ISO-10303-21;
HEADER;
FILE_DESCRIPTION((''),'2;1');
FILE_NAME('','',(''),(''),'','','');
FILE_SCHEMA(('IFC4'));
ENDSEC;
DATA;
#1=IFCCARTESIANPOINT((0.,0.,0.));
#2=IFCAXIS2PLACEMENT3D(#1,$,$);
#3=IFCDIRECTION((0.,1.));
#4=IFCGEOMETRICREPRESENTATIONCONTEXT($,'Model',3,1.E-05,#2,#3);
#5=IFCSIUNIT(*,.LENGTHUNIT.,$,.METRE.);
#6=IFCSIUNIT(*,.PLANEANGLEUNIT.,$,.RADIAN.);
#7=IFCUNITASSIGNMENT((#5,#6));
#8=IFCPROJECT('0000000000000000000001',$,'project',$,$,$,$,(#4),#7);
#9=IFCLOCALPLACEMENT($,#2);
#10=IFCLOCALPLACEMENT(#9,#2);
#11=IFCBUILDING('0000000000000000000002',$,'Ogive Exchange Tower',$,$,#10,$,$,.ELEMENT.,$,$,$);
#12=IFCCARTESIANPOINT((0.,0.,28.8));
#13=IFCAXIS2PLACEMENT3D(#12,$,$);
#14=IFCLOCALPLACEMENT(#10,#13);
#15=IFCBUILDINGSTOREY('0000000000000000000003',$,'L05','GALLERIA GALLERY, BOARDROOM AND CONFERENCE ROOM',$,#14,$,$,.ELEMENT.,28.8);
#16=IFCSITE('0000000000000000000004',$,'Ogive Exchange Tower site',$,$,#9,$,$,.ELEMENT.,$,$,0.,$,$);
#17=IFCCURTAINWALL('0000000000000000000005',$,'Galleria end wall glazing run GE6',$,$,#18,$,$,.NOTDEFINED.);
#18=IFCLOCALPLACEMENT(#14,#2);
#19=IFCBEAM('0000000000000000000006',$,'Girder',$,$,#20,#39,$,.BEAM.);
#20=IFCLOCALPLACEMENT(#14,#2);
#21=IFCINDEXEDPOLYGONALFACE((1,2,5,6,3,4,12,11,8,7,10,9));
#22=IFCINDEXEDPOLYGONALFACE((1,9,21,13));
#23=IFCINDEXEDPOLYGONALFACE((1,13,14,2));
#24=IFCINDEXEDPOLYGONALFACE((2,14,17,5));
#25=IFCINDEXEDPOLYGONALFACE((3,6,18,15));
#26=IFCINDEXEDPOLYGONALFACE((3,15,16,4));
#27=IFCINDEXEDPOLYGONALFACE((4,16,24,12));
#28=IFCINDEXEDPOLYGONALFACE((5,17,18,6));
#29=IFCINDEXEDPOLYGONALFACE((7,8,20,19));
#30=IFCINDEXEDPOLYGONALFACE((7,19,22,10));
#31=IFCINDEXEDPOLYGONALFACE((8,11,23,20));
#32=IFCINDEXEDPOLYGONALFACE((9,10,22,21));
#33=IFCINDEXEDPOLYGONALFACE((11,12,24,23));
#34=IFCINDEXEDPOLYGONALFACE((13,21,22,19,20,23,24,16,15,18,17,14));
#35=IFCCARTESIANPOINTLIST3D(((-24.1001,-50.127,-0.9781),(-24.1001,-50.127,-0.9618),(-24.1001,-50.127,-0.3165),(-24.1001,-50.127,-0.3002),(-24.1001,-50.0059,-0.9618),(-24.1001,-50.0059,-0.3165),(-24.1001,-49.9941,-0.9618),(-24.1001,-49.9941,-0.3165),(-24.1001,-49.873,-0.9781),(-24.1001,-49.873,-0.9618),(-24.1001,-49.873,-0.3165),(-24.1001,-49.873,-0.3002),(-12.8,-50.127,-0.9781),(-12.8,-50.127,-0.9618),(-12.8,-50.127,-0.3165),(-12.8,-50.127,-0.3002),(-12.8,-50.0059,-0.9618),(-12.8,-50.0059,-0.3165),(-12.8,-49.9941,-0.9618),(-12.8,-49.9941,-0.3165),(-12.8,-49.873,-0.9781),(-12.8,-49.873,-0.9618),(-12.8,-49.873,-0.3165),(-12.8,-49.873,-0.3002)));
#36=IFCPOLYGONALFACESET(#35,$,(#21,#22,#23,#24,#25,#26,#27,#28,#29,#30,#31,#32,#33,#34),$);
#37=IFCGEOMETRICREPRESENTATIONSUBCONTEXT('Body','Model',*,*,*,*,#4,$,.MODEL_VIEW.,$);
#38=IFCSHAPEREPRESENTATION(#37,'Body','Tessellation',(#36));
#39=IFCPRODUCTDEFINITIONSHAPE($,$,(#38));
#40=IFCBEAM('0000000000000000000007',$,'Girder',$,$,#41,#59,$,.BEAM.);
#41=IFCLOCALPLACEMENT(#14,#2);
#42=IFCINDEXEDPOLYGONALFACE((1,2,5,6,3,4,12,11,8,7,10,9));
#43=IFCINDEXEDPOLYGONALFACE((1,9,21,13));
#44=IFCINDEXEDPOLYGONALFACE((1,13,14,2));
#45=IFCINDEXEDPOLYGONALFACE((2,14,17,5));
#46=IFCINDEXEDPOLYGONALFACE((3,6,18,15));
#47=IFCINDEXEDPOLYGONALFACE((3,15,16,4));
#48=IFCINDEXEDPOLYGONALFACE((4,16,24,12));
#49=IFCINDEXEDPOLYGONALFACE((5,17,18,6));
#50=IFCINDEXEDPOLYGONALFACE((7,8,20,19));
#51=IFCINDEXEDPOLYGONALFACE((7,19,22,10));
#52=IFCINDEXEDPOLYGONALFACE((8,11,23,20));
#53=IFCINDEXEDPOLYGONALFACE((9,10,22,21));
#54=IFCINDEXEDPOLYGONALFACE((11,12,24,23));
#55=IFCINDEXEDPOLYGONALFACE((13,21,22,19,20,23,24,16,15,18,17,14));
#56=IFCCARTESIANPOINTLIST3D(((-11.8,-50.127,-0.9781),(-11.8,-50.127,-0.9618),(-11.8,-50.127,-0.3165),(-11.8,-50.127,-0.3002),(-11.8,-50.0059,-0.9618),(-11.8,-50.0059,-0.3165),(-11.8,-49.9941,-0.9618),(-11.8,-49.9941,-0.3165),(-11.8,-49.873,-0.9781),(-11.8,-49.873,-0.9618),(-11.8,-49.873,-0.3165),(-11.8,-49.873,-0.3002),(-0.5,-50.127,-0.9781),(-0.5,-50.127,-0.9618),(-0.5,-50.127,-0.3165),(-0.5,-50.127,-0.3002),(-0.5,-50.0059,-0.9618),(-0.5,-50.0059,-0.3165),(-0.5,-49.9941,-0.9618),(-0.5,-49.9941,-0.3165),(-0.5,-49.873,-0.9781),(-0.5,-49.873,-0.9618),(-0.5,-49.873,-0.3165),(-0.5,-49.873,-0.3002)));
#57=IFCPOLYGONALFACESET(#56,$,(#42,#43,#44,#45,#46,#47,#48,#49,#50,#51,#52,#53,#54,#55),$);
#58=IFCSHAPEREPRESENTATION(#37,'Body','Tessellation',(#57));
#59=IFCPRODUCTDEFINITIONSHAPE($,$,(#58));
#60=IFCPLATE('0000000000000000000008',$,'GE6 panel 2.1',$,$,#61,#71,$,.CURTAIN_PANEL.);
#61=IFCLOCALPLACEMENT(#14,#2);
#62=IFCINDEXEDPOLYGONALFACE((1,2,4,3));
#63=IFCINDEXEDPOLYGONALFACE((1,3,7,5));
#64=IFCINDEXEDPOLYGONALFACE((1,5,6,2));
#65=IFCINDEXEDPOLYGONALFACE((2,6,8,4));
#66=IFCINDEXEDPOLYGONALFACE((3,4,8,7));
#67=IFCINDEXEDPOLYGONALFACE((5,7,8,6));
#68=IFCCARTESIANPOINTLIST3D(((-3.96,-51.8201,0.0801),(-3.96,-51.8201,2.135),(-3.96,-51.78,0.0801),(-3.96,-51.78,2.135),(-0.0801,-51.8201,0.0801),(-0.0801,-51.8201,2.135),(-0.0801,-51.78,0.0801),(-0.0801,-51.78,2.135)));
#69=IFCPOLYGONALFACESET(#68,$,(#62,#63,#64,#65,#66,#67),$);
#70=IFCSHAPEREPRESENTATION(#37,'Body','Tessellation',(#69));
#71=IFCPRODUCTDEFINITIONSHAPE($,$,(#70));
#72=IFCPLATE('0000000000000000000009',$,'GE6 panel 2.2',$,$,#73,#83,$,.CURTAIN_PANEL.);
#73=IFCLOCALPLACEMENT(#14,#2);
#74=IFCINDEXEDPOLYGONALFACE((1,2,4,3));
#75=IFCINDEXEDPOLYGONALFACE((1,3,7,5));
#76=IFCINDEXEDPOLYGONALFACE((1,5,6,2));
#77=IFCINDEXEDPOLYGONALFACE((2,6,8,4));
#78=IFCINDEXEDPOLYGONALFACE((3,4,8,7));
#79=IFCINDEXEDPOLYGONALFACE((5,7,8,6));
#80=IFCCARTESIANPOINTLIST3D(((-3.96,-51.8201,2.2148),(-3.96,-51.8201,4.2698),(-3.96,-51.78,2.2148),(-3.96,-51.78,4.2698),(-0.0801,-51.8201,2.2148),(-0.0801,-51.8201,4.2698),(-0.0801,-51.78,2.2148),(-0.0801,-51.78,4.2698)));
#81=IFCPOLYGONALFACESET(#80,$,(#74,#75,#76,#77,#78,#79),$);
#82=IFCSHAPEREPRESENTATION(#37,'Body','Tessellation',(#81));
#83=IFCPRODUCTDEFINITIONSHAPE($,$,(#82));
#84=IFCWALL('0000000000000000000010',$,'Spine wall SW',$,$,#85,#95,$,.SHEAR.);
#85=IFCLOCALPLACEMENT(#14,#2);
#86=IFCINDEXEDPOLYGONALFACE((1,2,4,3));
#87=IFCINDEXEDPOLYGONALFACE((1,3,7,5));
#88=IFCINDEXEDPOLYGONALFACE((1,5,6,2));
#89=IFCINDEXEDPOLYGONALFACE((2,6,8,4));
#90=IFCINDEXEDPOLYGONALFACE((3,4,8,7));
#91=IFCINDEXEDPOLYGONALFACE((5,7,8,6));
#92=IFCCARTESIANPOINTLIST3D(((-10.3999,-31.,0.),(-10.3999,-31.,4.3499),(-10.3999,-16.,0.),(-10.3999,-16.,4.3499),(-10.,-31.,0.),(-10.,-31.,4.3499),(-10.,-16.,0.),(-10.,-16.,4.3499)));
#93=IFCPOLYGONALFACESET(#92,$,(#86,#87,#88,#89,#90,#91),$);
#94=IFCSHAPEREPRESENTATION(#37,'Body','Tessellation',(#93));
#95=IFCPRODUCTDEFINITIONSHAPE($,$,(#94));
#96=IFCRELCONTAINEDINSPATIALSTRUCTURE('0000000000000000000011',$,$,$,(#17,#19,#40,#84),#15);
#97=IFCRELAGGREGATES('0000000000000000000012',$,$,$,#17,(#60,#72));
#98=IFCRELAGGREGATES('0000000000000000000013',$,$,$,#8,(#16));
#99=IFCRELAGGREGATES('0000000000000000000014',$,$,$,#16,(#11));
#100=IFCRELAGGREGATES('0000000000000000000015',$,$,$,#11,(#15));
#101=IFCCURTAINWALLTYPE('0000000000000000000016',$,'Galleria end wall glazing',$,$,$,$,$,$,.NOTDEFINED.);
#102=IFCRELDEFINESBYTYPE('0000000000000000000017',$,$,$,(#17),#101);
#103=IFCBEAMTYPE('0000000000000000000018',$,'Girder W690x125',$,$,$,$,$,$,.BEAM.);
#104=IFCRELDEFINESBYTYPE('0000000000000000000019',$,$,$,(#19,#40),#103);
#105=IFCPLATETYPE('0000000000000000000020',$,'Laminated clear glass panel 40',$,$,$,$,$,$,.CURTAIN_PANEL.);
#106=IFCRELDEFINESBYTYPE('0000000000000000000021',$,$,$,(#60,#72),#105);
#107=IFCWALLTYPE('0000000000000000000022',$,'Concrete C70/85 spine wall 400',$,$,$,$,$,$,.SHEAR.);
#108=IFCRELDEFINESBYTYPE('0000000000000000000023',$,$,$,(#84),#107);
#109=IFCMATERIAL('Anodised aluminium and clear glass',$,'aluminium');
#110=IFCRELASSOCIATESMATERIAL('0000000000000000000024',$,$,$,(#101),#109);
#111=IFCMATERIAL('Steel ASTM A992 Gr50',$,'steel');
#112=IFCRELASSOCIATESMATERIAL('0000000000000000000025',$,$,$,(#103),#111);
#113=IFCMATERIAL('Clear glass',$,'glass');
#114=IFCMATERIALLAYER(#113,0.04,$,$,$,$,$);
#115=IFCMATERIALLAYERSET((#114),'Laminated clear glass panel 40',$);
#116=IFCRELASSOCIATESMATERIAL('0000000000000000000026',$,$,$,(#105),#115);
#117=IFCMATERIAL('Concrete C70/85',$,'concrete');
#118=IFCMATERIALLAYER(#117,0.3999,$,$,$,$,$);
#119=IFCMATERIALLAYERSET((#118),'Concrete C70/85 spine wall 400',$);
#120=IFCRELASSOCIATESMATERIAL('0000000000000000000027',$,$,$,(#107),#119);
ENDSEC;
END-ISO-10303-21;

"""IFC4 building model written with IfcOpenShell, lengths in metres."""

from ifc_helpers import new_model, si_unit, direction, frame, frame_2d, origin, origin_2d, place, context, subcontext, project, spatial, rectangle, i_section, extrude, material, layer, layer_set, material_profile, profile_set, type_object, element, aggregate, save


model = new_model("IFC4")

# Units and contexts
model_context = context("Model", 3, precision=1e-05, world=origin(), true_north=direction((0.0, 1.0)))
body_context = subcontext(model_context, "Body", "Model", "MODEL_VIEW")
ifc_project = project(units=[si_unit("LENGTHUNIT", "METRE"), si_unit("PLANEANGLEUNIT", "RADIAN")], contexts=[model_context])

# Site, building, storey
site_placement = place(None, origin())
site = spatial("IfcSite", under=ifc_project, at=site_placement, Name="Ogive Exchange Tower site", CompositionType="ELEMENT", RefElevation=0.0)
building_placement = place(site_placement, origin())
building = spatial("IfcBuilding", under=site, at=building_placement, Name="Ogive Exchange Tower", CompositionType="ELEMENT")
storey_placement = place(building_placement, frame((0.0, 0.0, 28.8)))
storey = spatial("IfcBuildingStorey", under=building, at=storey_placement, Name="L05", Description="GALLERIA GALLERY, BOARDROOM AND CONFERENCE ROOM", CompositionType="ELEMENT", Elevation=28.8)

# Shared definitions
ifc_material_1 = material(Name="Concrete C70/85", Category="concrete")

# Curtain wall
ifc_material_2 = material(Name="Anodised aluminium and clear glass", Category="aluminium")
curtain_wall_type = type_object("IfcCurtainWallType", Name="Galleria end wall glazing", PredefinedType="NOTDEFINED", material=ifc_material_2)
curtain_wall_placement = place(storey_placement, origin())
curtain_wall = element("IfcCurtainWall", 1, at=curtain_wall_placement, inside=storey, type_object=curtain_wall_type, Name="Galleria end wall glazing run GE6", PredefinedType="NOTDEFINED")

# Beams
ifc_material_3 = material(Name="Steel ASTM A992 Gr50", Category="steel")
ifc_material_profile_1 = material_profile(ifc_material_3, i_section(OverallWidth=0.2539, OverallDepth=0.678, WebThickness=0.0117, FlangeThickness=0.0164, at=origin_2d()), Name="W690x125")
ifc_profile_set_1 = profile_set([ifc_material_profile_1], Name="Steel ASTM A992 Gr50")
beam_type_1 = type_object("IfcBeamType", Name="Girder W690x125", PredefinedType="BEAM", material=ifc_profile_set_1)
for number, where, z_axis, x_axis, name in (
    (2, (-24.1001, -50.0, -0.6392), (1.0, 0.0, 0.0), (0.0, 1.0, 0.0), "Girder"),
    (3, (-11.8, -50.0, -0.6392), (1.0, 0.0, 0.0), (0.0, 1.0, 0.0), "Girder"),
):
    element("IfcBeam", number, at=place(storey_placement, frame(where, z_axis=z_axis, x_axis=x_axis)), inside=storey, type_object=beam_type_1, Name=name, PredefinedType="BEAM", context=body_context, shape_type="SweptSolid", body=[
        extrude(i_section(OverallWidth=0.2539, OverallDepth=0.678, WebThickness=0.0117, FlangeThickness=0.0164, at=origin_2d()), origin(), (0.0, 0.0, 1.0), 11.3),
    ])

# Plates
ifc_material_4 = material(Name="Clear glass", Category="glass")
ifc_layer_1 = layer(ifc_material_4, 0.04)
ifc_layer_set_1 = layer_set([ifc_layer_1], Name="Laminated clear glass panel 40")
plate_type = type_object("IfcPlateType", Name="Laminated clear glass panel 40", PredefinedType="CURTAIN_PANEL", material=ifc_layer_set_1)
plate_1_placement = place(storey_placement, frame((-2.02, -51.8, 0.0801), z_axis=(0.0, 0.0, 1.0), x_axis=(1.0, 0.0, 0.0)))
plate_1 = element("IfcPlate", 4, at=plate_1_placement, type_object=plate_type, Name="GE6 panel 2.1", PredefinedType="CURTAIN_PANEL", context=body_context, shape_type="SweptSolid", body=[
    extrude(rectangle(XDim=3.8799, YDim=0.04, at=origin_2d()), origin(), (0.0, 0.0, 1.0), 2.0549),
])
plate_2_placement = place(storey_placement, frame((-2.02, -51.8, 2.2148), z_axis=(0.0, 0.0, 1.0), x_axis=(1.0, 0.0, 0.0)))
plate_2 = element("IfcPlate", 5, at=plate_2_placement, type_object=plate_type, Name="GE6 panel 2.2", PredefinedType="CURTAIN_PANEL", context=body_context, shape_type="SweptSolid", body=[
    extrude(rectangle(XDim=3.8799, YDim=0.04, at=origin_2d()), origin(), (0.0, 0.0, 1.0), 2.0549),
])
aggregate(curtain_wall, [plate_1, plate_2])

# Wall
ifc_layer_2 = layer(ifc_material_1, 0.3999)
ifc_layer_set_2 = layer_set([ifc_layer_2], Name="Concrete C70/85 spine wall 400")
wall_type = type_object("IfcWallType", Name="Concrete C70/85 spine wall 400", PredefinedType="SHEAR", material=ifc_layer_set_2)
wall_placement = place(storey_placement, frame((-10.2, -31.0, 0.0), z_axis=(0.0, 0.0, 1.0), x_axis=(0.0, 1.0, 0.0)))
element("IfcWall", 6, at=wall_placement, inside=storey, type_object=wall_type, Name="Spine wall SW", PredefinedType="SHEAR", context=body_context, shape_type="SweptSolid", body=[
    extrude(rectangle(XDim=15.0, YDim=0.3999, at=frame_2d((7.5, 0.0))), origin(), (0.0, 0.0, 1.0), 4.3499),
])

save(model, "model.ifc")
